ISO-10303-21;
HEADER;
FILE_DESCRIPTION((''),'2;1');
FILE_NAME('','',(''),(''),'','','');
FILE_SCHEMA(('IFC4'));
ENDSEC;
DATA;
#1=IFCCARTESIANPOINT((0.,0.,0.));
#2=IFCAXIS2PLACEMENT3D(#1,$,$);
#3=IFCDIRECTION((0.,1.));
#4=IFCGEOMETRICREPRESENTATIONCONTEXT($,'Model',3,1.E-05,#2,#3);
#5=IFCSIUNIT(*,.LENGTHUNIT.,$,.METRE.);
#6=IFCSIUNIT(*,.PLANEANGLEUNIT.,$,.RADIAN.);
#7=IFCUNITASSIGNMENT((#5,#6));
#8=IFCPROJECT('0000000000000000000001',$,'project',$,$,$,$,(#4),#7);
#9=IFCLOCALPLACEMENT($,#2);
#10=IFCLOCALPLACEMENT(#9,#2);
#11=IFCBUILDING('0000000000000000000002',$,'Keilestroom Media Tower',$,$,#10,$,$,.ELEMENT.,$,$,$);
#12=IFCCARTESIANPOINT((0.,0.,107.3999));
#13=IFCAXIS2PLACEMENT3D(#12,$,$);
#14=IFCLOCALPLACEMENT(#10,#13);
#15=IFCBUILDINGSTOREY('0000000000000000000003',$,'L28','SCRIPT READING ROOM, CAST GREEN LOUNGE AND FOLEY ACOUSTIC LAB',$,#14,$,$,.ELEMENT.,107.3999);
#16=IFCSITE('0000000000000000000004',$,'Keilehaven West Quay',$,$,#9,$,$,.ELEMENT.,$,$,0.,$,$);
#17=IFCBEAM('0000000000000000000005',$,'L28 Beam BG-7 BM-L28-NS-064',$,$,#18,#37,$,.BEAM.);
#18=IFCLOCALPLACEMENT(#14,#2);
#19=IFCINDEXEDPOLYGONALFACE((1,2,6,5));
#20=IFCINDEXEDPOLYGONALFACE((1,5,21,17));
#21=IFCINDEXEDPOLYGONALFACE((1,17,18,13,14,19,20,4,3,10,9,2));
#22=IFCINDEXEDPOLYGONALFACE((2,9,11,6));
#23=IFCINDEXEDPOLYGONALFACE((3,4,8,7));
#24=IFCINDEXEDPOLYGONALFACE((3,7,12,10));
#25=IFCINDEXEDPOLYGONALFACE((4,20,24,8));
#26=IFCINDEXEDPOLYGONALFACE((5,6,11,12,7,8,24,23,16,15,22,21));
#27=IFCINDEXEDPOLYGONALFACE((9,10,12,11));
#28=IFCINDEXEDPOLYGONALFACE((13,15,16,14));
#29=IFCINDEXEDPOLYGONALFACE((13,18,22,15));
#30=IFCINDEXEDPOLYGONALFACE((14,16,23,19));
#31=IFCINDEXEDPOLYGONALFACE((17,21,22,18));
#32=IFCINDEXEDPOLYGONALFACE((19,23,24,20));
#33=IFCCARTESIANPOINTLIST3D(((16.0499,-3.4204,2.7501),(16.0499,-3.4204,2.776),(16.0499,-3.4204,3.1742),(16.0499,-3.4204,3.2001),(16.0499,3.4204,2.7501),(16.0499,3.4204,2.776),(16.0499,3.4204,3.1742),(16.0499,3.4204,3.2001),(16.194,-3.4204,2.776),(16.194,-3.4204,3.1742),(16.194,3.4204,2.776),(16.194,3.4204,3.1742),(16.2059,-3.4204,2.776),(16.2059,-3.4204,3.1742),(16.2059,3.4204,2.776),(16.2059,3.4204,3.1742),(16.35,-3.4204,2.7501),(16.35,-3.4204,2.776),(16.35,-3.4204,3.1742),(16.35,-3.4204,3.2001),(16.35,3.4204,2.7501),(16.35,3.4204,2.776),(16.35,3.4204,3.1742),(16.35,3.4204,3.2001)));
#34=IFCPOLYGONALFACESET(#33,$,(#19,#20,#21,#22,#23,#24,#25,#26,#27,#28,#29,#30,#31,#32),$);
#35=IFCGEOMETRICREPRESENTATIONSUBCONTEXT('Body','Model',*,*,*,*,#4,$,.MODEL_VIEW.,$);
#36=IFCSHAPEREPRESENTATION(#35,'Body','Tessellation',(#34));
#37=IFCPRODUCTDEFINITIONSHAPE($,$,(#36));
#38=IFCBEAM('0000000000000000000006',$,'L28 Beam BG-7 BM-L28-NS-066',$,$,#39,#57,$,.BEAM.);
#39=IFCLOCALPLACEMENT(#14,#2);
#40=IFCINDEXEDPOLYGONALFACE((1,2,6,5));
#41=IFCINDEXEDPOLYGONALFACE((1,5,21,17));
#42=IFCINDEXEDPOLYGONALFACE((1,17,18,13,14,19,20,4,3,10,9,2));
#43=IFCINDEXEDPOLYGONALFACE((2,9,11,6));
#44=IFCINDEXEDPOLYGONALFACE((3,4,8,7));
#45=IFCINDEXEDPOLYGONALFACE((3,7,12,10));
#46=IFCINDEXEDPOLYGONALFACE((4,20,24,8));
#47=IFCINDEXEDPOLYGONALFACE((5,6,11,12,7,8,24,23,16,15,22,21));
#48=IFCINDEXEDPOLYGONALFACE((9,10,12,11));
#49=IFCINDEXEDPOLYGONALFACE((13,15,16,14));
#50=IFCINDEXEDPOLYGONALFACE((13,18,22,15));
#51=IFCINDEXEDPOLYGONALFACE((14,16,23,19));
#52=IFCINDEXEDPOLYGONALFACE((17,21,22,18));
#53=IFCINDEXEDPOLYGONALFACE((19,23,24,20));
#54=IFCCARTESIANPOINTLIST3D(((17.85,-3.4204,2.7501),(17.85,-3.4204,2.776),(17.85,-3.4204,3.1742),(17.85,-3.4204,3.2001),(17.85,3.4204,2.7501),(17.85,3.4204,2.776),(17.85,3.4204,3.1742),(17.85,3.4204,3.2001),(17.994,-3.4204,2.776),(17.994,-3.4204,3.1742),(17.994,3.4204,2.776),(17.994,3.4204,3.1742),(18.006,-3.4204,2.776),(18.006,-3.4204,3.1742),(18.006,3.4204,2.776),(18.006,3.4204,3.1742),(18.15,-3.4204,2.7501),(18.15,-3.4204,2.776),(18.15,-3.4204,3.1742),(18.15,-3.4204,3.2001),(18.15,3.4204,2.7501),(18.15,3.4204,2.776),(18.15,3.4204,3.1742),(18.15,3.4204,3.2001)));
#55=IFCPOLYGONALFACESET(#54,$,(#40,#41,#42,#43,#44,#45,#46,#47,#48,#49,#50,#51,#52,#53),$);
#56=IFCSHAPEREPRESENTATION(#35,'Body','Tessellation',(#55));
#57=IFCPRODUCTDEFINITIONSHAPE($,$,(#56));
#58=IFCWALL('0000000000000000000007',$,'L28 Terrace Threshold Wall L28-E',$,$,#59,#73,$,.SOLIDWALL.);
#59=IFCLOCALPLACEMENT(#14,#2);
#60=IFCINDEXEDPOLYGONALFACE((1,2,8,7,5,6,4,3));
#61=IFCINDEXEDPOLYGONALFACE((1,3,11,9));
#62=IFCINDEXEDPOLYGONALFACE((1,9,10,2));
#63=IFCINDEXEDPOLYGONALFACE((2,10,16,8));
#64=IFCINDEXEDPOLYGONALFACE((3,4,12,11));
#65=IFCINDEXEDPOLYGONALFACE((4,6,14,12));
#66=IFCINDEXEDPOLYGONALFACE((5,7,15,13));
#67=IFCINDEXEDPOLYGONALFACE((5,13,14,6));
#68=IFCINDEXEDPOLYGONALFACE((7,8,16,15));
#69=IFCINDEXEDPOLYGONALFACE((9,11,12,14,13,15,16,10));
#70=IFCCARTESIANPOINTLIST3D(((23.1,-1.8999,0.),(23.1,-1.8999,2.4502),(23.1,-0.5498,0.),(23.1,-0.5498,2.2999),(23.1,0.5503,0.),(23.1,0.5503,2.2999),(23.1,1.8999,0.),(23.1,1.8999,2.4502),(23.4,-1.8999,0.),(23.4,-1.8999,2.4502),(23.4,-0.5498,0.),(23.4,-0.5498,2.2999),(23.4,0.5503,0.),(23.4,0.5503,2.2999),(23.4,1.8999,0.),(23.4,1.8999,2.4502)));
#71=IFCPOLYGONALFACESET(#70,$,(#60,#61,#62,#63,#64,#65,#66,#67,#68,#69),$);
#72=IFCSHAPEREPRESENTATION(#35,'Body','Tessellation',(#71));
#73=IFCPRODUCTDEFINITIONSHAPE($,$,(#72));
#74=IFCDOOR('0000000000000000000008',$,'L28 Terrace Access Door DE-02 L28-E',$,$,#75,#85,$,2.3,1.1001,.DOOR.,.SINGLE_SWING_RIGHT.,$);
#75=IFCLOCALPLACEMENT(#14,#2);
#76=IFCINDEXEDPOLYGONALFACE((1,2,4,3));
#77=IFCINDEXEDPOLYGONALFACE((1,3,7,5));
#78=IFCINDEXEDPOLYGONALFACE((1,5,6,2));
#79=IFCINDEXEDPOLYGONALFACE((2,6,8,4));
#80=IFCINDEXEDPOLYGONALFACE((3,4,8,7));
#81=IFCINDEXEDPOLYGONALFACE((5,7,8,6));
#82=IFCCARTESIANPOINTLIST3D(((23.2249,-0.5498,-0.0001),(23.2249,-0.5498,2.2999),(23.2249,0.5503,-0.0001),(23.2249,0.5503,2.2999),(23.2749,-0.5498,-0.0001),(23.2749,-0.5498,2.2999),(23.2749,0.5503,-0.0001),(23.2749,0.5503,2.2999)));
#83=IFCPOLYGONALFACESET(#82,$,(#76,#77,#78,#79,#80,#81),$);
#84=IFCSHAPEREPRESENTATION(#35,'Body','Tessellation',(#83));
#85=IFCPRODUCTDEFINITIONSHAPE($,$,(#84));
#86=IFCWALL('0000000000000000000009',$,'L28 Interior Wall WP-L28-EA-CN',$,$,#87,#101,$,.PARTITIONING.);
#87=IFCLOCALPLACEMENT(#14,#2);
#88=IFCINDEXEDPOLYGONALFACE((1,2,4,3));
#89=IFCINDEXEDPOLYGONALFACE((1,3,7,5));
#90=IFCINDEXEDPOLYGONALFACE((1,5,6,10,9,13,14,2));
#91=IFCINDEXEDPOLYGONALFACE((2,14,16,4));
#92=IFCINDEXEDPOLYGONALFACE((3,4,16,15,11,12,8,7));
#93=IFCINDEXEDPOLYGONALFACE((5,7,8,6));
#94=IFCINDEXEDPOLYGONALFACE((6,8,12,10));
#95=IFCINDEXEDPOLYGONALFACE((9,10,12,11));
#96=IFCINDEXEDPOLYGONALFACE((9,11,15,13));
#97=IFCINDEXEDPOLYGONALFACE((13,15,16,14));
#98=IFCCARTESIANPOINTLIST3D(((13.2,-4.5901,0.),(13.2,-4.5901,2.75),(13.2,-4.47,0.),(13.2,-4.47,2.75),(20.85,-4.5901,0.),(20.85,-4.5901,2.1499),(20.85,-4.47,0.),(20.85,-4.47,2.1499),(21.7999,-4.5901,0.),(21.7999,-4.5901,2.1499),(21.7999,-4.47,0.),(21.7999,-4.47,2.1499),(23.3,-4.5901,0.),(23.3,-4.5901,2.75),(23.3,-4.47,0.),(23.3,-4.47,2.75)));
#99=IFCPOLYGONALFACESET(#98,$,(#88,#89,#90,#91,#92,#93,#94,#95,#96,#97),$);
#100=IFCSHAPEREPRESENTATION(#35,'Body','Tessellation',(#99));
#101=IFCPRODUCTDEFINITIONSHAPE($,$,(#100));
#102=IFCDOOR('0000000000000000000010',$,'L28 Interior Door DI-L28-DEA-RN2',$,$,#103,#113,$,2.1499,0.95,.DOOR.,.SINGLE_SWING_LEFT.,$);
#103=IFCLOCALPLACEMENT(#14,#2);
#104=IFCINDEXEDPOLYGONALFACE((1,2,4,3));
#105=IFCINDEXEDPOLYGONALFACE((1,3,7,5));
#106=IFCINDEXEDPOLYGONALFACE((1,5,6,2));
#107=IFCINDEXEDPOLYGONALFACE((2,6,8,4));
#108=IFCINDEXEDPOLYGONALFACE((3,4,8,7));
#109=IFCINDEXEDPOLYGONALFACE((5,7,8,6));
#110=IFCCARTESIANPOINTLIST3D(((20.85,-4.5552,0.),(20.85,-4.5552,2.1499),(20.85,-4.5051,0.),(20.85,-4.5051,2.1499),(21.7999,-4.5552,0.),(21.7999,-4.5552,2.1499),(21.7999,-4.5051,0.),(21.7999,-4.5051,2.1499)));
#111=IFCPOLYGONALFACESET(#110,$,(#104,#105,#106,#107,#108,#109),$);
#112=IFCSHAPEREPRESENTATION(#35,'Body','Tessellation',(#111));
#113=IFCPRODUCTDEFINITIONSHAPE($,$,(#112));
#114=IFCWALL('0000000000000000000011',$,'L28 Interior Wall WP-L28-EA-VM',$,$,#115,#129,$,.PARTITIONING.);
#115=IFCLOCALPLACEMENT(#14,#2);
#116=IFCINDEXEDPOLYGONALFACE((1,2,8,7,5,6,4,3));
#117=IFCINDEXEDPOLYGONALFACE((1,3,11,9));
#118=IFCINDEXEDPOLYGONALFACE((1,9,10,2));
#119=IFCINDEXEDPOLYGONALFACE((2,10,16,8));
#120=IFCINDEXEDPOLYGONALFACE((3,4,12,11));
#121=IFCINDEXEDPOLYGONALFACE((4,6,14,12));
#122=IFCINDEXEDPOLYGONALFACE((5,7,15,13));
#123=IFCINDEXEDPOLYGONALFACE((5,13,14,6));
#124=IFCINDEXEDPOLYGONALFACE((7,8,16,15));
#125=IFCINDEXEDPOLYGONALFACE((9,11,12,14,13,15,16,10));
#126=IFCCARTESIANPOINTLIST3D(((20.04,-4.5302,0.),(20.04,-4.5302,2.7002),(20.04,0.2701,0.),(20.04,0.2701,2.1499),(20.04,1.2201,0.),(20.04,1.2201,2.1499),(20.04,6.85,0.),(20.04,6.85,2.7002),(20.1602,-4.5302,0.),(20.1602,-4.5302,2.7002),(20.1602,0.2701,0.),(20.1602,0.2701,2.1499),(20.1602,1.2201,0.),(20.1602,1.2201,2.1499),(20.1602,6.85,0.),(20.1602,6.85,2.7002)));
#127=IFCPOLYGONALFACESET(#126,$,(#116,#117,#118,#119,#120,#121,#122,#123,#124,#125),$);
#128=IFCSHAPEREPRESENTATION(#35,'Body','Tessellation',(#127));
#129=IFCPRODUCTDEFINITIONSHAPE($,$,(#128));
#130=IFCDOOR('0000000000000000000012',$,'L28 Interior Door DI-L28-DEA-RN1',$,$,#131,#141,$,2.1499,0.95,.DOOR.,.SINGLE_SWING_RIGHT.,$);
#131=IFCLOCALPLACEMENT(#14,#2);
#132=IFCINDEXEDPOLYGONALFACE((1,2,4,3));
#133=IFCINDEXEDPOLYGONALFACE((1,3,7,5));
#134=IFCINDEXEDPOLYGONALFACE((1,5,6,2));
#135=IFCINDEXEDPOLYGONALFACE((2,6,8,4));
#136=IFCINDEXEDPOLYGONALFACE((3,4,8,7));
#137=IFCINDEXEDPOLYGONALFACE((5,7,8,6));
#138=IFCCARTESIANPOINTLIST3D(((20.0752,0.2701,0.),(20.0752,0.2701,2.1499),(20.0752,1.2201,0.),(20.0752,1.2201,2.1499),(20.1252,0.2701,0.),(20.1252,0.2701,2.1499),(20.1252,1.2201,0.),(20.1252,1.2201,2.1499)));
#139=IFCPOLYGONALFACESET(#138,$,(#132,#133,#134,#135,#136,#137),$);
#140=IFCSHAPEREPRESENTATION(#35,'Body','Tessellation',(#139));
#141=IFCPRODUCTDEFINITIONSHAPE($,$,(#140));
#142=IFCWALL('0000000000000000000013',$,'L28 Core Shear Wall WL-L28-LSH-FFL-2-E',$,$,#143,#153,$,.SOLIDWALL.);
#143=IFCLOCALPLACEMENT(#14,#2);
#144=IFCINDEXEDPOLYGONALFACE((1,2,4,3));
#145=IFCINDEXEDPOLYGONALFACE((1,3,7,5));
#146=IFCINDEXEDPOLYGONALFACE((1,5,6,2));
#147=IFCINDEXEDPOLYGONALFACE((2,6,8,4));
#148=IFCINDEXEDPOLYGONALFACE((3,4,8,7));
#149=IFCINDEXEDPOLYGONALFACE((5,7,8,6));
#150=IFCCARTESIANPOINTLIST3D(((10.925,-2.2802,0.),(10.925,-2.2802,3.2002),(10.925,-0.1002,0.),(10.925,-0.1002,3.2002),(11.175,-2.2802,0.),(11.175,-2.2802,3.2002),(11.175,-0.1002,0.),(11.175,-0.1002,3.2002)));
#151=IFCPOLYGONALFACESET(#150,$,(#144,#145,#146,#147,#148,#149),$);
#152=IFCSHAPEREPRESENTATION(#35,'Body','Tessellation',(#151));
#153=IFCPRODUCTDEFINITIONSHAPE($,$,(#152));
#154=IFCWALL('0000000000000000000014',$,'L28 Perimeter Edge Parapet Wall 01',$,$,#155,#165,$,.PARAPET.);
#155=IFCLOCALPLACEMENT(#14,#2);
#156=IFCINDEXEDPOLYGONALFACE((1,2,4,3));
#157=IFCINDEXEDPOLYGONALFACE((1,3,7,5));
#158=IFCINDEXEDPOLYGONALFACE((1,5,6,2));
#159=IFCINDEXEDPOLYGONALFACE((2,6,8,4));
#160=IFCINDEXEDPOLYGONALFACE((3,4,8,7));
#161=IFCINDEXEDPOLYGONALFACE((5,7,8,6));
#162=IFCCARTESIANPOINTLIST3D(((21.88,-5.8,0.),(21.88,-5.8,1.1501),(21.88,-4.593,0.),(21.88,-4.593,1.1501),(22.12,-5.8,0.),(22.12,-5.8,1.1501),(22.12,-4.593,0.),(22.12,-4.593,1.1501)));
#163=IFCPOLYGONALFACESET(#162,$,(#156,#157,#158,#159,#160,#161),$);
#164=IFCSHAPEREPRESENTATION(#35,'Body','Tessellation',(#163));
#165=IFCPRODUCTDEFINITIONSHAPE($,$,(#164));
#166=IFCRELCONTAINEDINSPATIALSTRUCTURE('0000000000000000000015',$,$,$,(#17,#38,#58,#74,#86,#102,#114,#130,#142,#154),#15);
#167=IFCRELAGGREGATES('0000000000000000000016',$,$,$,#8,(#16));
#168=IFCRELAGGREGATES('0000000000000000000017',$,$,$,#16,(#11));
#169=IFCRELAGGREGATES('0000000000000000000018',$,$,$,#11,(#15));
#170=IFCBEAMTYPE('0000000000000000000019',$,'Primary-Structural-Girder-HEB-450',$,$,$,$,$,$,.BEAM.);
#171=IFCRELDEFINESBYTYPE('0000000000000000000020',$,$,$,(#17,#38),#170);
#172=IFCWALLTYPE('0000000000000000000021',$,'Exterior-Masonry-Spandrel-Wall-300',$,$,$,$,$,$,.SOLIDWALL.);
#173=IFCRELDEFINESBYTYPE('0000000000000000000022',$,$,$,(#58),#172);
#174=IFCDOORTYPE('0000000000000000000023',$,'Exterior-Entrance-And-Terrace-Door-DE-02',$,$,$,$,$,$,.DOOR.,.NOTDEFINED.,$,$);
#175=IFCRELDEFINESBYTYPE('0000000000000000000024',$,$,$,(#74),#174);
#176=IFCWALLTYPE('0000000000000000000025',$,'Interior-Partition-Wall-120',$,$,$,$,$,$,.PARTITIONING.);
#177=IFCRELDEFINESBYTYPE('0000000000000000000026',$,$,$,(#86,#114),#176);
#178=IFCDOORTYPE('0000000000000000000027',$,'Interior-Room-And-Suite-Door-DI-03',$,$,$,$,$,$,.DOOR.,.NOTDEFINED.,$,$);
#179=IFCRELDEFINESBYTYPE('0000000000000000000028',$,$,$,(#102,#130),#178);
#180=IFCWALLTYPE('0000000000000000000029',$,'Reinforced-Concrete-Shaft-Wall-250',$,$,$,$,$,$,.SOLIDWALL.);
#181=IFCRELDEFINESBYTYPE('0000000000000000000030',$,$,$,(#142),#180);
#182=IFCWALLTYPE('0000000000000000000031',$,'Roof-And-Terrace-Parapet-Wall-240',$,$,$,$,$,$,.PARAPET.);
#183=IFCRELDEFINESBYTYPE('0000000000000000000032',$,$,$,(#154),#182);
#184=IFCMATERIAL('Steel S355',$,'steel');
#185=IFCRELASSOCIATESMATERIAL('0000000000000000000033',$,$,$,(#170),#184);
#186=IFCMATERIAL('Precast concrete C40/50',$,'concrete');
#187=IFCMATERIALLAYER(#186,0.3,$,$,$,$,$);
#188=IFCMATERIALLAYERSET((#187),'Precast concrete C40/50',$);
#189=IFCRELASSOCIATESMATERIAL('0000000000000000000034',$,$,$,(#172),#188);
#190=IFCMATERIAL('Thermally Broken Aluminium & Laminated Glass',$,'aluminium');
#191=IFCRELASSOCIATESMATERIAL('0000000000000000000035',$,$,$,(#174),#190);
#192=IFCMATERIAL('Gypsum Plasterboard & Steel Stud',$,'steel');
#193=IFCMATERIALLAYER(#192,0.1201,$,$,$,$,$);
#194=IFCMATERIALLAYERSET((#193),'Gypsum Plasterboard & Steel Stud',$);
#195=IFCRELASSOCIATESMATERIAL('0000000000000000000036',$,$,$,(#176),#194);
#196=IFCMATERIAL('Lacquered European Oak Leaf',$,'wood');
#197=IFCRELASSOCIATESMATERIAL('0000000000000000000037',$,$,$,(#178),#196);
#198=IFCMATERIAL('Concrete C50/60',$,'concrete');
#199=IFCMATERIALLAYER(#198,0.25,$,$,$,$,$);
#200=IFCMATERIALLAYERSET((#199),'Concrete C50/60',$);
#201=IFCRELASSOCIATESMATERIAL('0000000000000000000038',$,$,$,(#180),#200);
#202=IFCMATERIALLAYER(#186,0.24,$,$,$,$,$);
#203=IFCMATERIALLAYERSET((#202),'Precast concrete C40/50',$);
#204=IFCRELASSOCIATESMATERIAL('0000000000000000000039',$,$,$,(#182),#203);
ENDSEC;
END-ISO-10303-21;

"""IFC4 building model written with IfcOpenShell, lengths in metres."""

from ifc_helpers import new_model, si_unit, direction, frame, frame_2d, origin, origin_2d, place, context, subcontext, project, spatial, rectangle, i_section, extrude, source, transform, mapped, material, layer, layer_set, material_profile, profile_set, type_object, element, fill, save


model = new_model("IFC4")

# Units and contexts
model_context = context("Model", 3, precision=1e-05, world=origin(), true_north=direction((0.0, 1.0)))
body_context = subcontext(model_context, "Body", "Model", "MODEL_VIEW")
ifc_project = project(units=[si_unit("LENGTHUNIT", "METRE"), si_unit("PLANEANGLEUNIT", "RADIAN")], contexts=[model_context])

# Site, building, storey
site_placement = place(None, origin())
site = spatial("IfcSite", under=ifc_project, at=site_placement, Name="Keilehaven West Quay", CompositionType="ELEMENT", RefElevation=0.0)
building_placement = place(site_placement, origin())
building = spatial("IfcBuilding", under=site, at=building_placement, Name="Keilestroom Media Tower", CompositionType="ELEMENT")
storey_placement = place(building_placement, frame((0.0, 0.0, 107.3999)))
storey = spatial("IfcBuildingStorey", under=building, at=storey_placement, Name="L28", Description="SCRIPT READING ROOM, CAST GREEN LOUNGE AND FOLEY ACOUSTIC LAB", CompositionType="ELEMENT", Elevation=107.3999)

# Shared definitions
ifc_material_1 = material(Name="Precast concrete C40/50", Category="concrete")
ifc_material_2 = material(Name="Steel S355", Category="steel")

# Beams
ifc_material_profile_1 = material_profile(ifc_material_2, i_section(OverallWidth=0.3, OverallDepth=0.45, WebThickness=0.012, FlangeThickness=0.0259, at=origin_2d()), Name="HEB 450")
ifc_profile_set_1 = profile_set([ifc_material_profile_1], Name="Steel S355")
beam_type_1 = type_object("IfcBeamType", Name="Primary-Structural-Girder-HEB-450", PredefinedType="BEAM", material=ifc_profile_set_1)
shared_shape_1 = source(origin(), body_context, "Body", "SweptSolid", [
    extrude(i_section(OverallWidth=0.3, OverallDepth=0.45, WebThickness=0.012, FlangeThickness=0.0259, at=origin_2d()), origin(), (0.0, 0.0, 1.0), 6.8408),
])
for number, where, z_axis, x_axis, name in (
    (1, (16.2, -3.4204, 2.9751), (0.0, 1.0, 0.0), (-1.0, 0.0, 0.0), "L28 Beam BG-7 BM-L28-NS-064"),
    (2, (18.0, -3.4204, 2.9751), (0.0, 1.0, 0.0), (-1.0, 0.0, 0.0), "L28 Beam BG-7 BM-L28-NS-066"),
):
    element("IfcBeam", number, at=place(storey_placement, frame(where, z_axis=z_axis, x_axis=x_axis)), inside=storey, type_object=beam_type_1, Name=name, PredefinedType="BEAM", context=body_context, shape_type="MappedRepresentation", body=[
        mapped(shared_shape_1, transform((0.0, 0.0, 0.0), x_axis=(1.0, 0.0, 0.0), y_axis=(0.0, 1.0, 0.0), z_axis=(0.0, 0.0, 1.0), scale=1.0)),
    ])

# Walls, openings, doors
ifc_layer_1 = layer(ifc_material_1, 0.3)
ifc_layer_set_1 = layer_set([ifc_layer_1], Name="Precast concrete C40/50")
wall_type_1 = type_object("IfcWallType", Name="Exterior-Masonry-Spandrel-Wall-300", PredefinedType="SOLIDWALL", material=ifc_layer_set_1)
wall_1_placement = place(storey_placement, frame((23.25, -1.8999, 0.0), z_axis=(0.0, 0.0, 1.0), x_axis=(0.0, 1.0, 0.0)))
wall_1 = element("IfcWall", 3, at=wall_1_placement, inside=storey, type_object=wall_type_1, Name="L28 Terrace Threshold Wall L28-E", PredefinedType="SOLIDWALL", context=body_context, shape_type="SweptSolid", body=[
    extrude(rectangle(XDim=3.7998, YDim=0.3, at=frame_2d((1.8999, 0.0))), origin(), (0.0, 0.0, 1.0), 2.4502),
])
opening_1_placement = place(wall_1_placement, frame((1.3501, 0.0, 0.0)))
opening_1 = element("IfcOpeningElement", 4, at=opening_1_placement, cuts=wall_1, PredefinedType="OPENING", context=body_context, shape_type="SweptSolid", body=[
    extrude(rectangle(XDim=1.1001, YDim=2.3, at=frame_2d((0.55, 1.1499))), frame((0.0, 0.1602, 0.0), z_axis=(0.0, -1.0, 0.0), x_axis=(1.0, 0.0, 0.0)), (0.0, 0.0, 1.0), 0.3201),
])
ifc_material_3 = material(Name="Thermally Broken Aluminium & Laminated Glass", Category="aluminium")
door_type_1 = type_object("IfcDoorType", Name="Exterior-Entrance-And-Terrace-Door-DE-02", OperationType="NOTDEFINED", PredefinedType="DOOR", material=ifc_material_3)
shared_shape_2 = source(origin(), body_context, "Body", "SweptSolid", [
    extrude(rectangle(XDim=1.1001, YDim=2.3, at=frame_2d((0.55, 1.1499))), frame((0.0, 0.0249, 0.0), z_axis=(0.0, -1.0, 0.0), x_axis=(1.0, 0.0, 0.0)), (0.0, 0.0, 1.0), 0.05),
])
door_1_placement = place(opening_1_placement, frame((1.1001, 0.0, 0.0), z_axis=(0.0, 0.0, 1.0), x_axis=(-1.0, 0.0, 0.0)))
door_1 = element("IfcDoor", 5, at=door_1_placement, inside=storey, type_object=door_type_1, Name="L28 Terrace Access Door DE-02 L28-E", OperationType="SINGLE_SWING_RIGHT", OverallHeight=2.3, OverallWidth=1.1001, PredefinedType="DOOR", context=body_context, shape_type="MappedRepresentation", body=[
    mapped(shared_shape_2, transform((0.0, 0.0, 0.0), x_axis=(1.0, 0.0, 0.0), y_axis=(0.0, 1.0, 0.0), z_axis=(0.0, 0.0, 1.0), scale=1.0)),
])
fill(opening_1, door_1)
ifc_material_4 = material(Name="Gypsum Plasterboard & Steel Stud", Category="steel")
ifc_layer_2 = layer(ifc_material_4, 0.1201)
ifc_layer_set_2 = layer_set([ifc_layer_2], Name="Gypsum Plasterboard & Steel Stud")
wall_type_2 = type_object("IfcWallType", Name="Interior-Partition-Wall-120", PredefinedType="PARTITIONING", material=ifc_layer_set_2)
wall_2_placement = place(storey_placement, frame((13.2, -4.53, 0.0), z_axis=(0.0, 0.0, 1.0), x_axis=(1.0, 0.0, 0.0)))
wall_2 = element("IfcWall", 6, at=wall_2_placement, inside=storey, type_object=wall_type_2, Name="L28 Interior Wall WP-L28-EA-CN", PredefinedType="PARTITIONING", context=body_context, shape_type="SweptSolid", body=[
    extrude(rectangle(XDim=10.1001, YDim=0.1201, at=frame_2d((5.05, 0.0))), origin(), (0.0, 0.0, 1.0), 2.75),
])
opening_2_placement = place(wall_2_placement, frame((7.6499, 0.0, 0.0)))
opening_2 = element("IfcOpeningElement", 7, at=opening_2_placement, cuts=wall_2, PredefinedType="OPENING", context=body_context, shape_type="SweptSolid", body=[
    extrude(rectangle(XDim=0.95, YDim=2.1499, at=frame_2d((0.4751, 1.075))), frame((0.0, 0.0701, 0.0), z_axis=(0.0, -1.0, 0.0), x_axis=(1.0, 0.0, 0.0)), (0.0, 0.0, 1.0), 0.1401),
])
ifc_material_5 = material(Name="Lacquered European Oak Leaf", Category="wood")
door_type_2 = type_object("IfcDoorType", Name="Interior-Room-And-Suite-Door-DI-03", OperationType="NOTDEFINED", PredefinedType="DOOR", material=ifc_material_5)
shared_shape_3 = source(origin(), body_context, "Body", "SweptSolid", [
    extrude(rectangle(XDim=0.95, YDim=2.1499, at=frame_2d((0.4751, 1.075))), frame((0.0, 0.0249, 0.0), z_axis=(0.0, -1.0, 0.0), x_axis=(1.0, 0.0, 0.0)), (0.0, 0.0, 1.0), 0.05),
])
door_2_placement = place(opening_2_placement, origin())
door_2 = element("IfcDoor", 8, at=door_2_placement, inside=storey, type_object=door_type_2, Name="L28 Interior Door DI-L28-DEA-RN2", OperationType="SINGLE_SWING_LEFT", OverallHeight=2.1499, OverallWidth=0.95, PredefinedType="DOOR", context=body_context, shape_type="MappedRepresentation", body=[
    mapped(shared_shape_3, transform((0.0, 0.0, 0.0), x_axis=(1.0, 0.0, 0.0), y_axis=(0.0, 1.0, 0.0), z_axis=(0.0, 0.0, 1.0), scale=1.0)),
])
fill(opening_2, door_2)
wall_3_placement = place(storey_placement, frame((20.1001, -4.53, 0.0), z_axis=(0.0, 0.0, 1.0), x_axis=(0.0, 1.0, 0.0)))
wall_3 = element("IfcWall", 9, at=wall_3_placement, inside=storey, type_object=wall_type_2, Name="L28 Interior Wall WP-L28-EA-VM", PredefinedType="PARTITIONING", context=body_context, shape_type="SweptSolid", body=[
    extrude(rectangle(XDim=11.3801, YDim=0.1201, at=frame_2d((5.6899, 0.0))), origin(), (0.0, 0.0, 1.0), 2.7002),
])
opening_3_placement = place(wall_3_placement, frame((4.8, 0.0, 0.0)))
opening_3 = element("IfcOpeningElement", 10, at=opening_3_placement, cuts=wall_3, PredefinedType="OPENING", context=body_context, shape_type="SweptSolid", body=[
    extrude(rectangle(XDim=0.95, YDim=2.1499, at=frame_2d((0.4751, 1.075))), frame((0.0, 0.0701, 0.0), z_axis=(0.0, -1.0, 0.0), x_axis=(1.0, 0.0, 0.0)), (0.0, 0.0, 1.0), 0.1401),
])
door_3_placement = place(opening_3_placement, origin())
door_3 = element("IfcDoor", 11, at=door_3_placement, inside=storey, type_object=door_type_2, Name="L28 Interior Door DI-L28-DEA-RN1", OperationType="SINGLE_SWING_RIGHT", OverallHeight=2.1499, OverallWidth=0.95, PredefinedType="DOOR", context=body_context, shape_type="MappedRepresentation", body=[
    mapped(shared_shape_3, transform((0.0, 0.0, 0.0), x_axis=(1.0, 0.0, 0.0), y_axis=(0.0, 1.0, 0.0), z_axis=(0.0, 0.0, 1.0), scale=1.0)),
])
fill(opening_3, door_3)

# Walls
ifc_material_6 = material(Name="Concrete C50/60", Category="concrete")
ifc_layer_3 = layer(ifc_material_6, 0.25)
ifc_layer_set_3 = layer_set([ifc_layer_3], Name="Concrete C50/60")
wall_type_3 = type_object("IfcWallType", Name="Reinforced-Concrete-Shaft-Wall-250", PredefinedType="SOLIDWALL", material=ifc_layer_set_3)
wall_4_placement = place(storey_placement, frame((11.05, -2.28, 0.0), z_axis=(0.0, 0.0, 1.0), x_axis=(0.0, 1.0, 0.0)))
element("IfcWall", 12, at=wall_4_placement, inside=storey, type_object=wall_type_3, Name="L28 Core Shear Wall WL-L28-LSH-FFL-2-E", PredefinedType="SOLIDWALL", context=body_context, shape_type="SweptSolid", body=[
    extrude(rectangle(XDim=2.1799, YDim=0.25, at=frame_2d((1.0898, 0.0))), origin(), (0.0, 0.0, 1.0), 3.2002),
])
ifc_layer_4 = layer(ifc_material_1, 0.24)
ifc_layer_set_4 = layer_set([ifc_layer_4], Name="Precast concrete C40/50")
wall_type_4 = type_object("IfcWallType", Name="Roof-And-Terrace-Parapet-Wall-240", PredefinedType="PARAPET", material=ifc_layer_set_4)
wall_5_placement = place(storey_placement, frame((22.0, -4.593, 0.0), z_axis=(0.0, 0.0, 1.0), x_axis=(0.0, -1.0, 0.0)))
element("IfcWall", 13, at=wall_5_placement, inside=storey, type_object=wall_type_4, Name="L28 Perimeter Edge Parapet Wall 01", PredefinedType="PARAPET", context=body_context, shape_type="SweptSolid", body=[
    extrude(rectangle(XDim=1.207, YDim=0.24, at=frame_2d((0.6035, 0.0))), origin(), (0.0, 0.0, 1.0), 1.1501),
])

save(model, "model.ifc")
